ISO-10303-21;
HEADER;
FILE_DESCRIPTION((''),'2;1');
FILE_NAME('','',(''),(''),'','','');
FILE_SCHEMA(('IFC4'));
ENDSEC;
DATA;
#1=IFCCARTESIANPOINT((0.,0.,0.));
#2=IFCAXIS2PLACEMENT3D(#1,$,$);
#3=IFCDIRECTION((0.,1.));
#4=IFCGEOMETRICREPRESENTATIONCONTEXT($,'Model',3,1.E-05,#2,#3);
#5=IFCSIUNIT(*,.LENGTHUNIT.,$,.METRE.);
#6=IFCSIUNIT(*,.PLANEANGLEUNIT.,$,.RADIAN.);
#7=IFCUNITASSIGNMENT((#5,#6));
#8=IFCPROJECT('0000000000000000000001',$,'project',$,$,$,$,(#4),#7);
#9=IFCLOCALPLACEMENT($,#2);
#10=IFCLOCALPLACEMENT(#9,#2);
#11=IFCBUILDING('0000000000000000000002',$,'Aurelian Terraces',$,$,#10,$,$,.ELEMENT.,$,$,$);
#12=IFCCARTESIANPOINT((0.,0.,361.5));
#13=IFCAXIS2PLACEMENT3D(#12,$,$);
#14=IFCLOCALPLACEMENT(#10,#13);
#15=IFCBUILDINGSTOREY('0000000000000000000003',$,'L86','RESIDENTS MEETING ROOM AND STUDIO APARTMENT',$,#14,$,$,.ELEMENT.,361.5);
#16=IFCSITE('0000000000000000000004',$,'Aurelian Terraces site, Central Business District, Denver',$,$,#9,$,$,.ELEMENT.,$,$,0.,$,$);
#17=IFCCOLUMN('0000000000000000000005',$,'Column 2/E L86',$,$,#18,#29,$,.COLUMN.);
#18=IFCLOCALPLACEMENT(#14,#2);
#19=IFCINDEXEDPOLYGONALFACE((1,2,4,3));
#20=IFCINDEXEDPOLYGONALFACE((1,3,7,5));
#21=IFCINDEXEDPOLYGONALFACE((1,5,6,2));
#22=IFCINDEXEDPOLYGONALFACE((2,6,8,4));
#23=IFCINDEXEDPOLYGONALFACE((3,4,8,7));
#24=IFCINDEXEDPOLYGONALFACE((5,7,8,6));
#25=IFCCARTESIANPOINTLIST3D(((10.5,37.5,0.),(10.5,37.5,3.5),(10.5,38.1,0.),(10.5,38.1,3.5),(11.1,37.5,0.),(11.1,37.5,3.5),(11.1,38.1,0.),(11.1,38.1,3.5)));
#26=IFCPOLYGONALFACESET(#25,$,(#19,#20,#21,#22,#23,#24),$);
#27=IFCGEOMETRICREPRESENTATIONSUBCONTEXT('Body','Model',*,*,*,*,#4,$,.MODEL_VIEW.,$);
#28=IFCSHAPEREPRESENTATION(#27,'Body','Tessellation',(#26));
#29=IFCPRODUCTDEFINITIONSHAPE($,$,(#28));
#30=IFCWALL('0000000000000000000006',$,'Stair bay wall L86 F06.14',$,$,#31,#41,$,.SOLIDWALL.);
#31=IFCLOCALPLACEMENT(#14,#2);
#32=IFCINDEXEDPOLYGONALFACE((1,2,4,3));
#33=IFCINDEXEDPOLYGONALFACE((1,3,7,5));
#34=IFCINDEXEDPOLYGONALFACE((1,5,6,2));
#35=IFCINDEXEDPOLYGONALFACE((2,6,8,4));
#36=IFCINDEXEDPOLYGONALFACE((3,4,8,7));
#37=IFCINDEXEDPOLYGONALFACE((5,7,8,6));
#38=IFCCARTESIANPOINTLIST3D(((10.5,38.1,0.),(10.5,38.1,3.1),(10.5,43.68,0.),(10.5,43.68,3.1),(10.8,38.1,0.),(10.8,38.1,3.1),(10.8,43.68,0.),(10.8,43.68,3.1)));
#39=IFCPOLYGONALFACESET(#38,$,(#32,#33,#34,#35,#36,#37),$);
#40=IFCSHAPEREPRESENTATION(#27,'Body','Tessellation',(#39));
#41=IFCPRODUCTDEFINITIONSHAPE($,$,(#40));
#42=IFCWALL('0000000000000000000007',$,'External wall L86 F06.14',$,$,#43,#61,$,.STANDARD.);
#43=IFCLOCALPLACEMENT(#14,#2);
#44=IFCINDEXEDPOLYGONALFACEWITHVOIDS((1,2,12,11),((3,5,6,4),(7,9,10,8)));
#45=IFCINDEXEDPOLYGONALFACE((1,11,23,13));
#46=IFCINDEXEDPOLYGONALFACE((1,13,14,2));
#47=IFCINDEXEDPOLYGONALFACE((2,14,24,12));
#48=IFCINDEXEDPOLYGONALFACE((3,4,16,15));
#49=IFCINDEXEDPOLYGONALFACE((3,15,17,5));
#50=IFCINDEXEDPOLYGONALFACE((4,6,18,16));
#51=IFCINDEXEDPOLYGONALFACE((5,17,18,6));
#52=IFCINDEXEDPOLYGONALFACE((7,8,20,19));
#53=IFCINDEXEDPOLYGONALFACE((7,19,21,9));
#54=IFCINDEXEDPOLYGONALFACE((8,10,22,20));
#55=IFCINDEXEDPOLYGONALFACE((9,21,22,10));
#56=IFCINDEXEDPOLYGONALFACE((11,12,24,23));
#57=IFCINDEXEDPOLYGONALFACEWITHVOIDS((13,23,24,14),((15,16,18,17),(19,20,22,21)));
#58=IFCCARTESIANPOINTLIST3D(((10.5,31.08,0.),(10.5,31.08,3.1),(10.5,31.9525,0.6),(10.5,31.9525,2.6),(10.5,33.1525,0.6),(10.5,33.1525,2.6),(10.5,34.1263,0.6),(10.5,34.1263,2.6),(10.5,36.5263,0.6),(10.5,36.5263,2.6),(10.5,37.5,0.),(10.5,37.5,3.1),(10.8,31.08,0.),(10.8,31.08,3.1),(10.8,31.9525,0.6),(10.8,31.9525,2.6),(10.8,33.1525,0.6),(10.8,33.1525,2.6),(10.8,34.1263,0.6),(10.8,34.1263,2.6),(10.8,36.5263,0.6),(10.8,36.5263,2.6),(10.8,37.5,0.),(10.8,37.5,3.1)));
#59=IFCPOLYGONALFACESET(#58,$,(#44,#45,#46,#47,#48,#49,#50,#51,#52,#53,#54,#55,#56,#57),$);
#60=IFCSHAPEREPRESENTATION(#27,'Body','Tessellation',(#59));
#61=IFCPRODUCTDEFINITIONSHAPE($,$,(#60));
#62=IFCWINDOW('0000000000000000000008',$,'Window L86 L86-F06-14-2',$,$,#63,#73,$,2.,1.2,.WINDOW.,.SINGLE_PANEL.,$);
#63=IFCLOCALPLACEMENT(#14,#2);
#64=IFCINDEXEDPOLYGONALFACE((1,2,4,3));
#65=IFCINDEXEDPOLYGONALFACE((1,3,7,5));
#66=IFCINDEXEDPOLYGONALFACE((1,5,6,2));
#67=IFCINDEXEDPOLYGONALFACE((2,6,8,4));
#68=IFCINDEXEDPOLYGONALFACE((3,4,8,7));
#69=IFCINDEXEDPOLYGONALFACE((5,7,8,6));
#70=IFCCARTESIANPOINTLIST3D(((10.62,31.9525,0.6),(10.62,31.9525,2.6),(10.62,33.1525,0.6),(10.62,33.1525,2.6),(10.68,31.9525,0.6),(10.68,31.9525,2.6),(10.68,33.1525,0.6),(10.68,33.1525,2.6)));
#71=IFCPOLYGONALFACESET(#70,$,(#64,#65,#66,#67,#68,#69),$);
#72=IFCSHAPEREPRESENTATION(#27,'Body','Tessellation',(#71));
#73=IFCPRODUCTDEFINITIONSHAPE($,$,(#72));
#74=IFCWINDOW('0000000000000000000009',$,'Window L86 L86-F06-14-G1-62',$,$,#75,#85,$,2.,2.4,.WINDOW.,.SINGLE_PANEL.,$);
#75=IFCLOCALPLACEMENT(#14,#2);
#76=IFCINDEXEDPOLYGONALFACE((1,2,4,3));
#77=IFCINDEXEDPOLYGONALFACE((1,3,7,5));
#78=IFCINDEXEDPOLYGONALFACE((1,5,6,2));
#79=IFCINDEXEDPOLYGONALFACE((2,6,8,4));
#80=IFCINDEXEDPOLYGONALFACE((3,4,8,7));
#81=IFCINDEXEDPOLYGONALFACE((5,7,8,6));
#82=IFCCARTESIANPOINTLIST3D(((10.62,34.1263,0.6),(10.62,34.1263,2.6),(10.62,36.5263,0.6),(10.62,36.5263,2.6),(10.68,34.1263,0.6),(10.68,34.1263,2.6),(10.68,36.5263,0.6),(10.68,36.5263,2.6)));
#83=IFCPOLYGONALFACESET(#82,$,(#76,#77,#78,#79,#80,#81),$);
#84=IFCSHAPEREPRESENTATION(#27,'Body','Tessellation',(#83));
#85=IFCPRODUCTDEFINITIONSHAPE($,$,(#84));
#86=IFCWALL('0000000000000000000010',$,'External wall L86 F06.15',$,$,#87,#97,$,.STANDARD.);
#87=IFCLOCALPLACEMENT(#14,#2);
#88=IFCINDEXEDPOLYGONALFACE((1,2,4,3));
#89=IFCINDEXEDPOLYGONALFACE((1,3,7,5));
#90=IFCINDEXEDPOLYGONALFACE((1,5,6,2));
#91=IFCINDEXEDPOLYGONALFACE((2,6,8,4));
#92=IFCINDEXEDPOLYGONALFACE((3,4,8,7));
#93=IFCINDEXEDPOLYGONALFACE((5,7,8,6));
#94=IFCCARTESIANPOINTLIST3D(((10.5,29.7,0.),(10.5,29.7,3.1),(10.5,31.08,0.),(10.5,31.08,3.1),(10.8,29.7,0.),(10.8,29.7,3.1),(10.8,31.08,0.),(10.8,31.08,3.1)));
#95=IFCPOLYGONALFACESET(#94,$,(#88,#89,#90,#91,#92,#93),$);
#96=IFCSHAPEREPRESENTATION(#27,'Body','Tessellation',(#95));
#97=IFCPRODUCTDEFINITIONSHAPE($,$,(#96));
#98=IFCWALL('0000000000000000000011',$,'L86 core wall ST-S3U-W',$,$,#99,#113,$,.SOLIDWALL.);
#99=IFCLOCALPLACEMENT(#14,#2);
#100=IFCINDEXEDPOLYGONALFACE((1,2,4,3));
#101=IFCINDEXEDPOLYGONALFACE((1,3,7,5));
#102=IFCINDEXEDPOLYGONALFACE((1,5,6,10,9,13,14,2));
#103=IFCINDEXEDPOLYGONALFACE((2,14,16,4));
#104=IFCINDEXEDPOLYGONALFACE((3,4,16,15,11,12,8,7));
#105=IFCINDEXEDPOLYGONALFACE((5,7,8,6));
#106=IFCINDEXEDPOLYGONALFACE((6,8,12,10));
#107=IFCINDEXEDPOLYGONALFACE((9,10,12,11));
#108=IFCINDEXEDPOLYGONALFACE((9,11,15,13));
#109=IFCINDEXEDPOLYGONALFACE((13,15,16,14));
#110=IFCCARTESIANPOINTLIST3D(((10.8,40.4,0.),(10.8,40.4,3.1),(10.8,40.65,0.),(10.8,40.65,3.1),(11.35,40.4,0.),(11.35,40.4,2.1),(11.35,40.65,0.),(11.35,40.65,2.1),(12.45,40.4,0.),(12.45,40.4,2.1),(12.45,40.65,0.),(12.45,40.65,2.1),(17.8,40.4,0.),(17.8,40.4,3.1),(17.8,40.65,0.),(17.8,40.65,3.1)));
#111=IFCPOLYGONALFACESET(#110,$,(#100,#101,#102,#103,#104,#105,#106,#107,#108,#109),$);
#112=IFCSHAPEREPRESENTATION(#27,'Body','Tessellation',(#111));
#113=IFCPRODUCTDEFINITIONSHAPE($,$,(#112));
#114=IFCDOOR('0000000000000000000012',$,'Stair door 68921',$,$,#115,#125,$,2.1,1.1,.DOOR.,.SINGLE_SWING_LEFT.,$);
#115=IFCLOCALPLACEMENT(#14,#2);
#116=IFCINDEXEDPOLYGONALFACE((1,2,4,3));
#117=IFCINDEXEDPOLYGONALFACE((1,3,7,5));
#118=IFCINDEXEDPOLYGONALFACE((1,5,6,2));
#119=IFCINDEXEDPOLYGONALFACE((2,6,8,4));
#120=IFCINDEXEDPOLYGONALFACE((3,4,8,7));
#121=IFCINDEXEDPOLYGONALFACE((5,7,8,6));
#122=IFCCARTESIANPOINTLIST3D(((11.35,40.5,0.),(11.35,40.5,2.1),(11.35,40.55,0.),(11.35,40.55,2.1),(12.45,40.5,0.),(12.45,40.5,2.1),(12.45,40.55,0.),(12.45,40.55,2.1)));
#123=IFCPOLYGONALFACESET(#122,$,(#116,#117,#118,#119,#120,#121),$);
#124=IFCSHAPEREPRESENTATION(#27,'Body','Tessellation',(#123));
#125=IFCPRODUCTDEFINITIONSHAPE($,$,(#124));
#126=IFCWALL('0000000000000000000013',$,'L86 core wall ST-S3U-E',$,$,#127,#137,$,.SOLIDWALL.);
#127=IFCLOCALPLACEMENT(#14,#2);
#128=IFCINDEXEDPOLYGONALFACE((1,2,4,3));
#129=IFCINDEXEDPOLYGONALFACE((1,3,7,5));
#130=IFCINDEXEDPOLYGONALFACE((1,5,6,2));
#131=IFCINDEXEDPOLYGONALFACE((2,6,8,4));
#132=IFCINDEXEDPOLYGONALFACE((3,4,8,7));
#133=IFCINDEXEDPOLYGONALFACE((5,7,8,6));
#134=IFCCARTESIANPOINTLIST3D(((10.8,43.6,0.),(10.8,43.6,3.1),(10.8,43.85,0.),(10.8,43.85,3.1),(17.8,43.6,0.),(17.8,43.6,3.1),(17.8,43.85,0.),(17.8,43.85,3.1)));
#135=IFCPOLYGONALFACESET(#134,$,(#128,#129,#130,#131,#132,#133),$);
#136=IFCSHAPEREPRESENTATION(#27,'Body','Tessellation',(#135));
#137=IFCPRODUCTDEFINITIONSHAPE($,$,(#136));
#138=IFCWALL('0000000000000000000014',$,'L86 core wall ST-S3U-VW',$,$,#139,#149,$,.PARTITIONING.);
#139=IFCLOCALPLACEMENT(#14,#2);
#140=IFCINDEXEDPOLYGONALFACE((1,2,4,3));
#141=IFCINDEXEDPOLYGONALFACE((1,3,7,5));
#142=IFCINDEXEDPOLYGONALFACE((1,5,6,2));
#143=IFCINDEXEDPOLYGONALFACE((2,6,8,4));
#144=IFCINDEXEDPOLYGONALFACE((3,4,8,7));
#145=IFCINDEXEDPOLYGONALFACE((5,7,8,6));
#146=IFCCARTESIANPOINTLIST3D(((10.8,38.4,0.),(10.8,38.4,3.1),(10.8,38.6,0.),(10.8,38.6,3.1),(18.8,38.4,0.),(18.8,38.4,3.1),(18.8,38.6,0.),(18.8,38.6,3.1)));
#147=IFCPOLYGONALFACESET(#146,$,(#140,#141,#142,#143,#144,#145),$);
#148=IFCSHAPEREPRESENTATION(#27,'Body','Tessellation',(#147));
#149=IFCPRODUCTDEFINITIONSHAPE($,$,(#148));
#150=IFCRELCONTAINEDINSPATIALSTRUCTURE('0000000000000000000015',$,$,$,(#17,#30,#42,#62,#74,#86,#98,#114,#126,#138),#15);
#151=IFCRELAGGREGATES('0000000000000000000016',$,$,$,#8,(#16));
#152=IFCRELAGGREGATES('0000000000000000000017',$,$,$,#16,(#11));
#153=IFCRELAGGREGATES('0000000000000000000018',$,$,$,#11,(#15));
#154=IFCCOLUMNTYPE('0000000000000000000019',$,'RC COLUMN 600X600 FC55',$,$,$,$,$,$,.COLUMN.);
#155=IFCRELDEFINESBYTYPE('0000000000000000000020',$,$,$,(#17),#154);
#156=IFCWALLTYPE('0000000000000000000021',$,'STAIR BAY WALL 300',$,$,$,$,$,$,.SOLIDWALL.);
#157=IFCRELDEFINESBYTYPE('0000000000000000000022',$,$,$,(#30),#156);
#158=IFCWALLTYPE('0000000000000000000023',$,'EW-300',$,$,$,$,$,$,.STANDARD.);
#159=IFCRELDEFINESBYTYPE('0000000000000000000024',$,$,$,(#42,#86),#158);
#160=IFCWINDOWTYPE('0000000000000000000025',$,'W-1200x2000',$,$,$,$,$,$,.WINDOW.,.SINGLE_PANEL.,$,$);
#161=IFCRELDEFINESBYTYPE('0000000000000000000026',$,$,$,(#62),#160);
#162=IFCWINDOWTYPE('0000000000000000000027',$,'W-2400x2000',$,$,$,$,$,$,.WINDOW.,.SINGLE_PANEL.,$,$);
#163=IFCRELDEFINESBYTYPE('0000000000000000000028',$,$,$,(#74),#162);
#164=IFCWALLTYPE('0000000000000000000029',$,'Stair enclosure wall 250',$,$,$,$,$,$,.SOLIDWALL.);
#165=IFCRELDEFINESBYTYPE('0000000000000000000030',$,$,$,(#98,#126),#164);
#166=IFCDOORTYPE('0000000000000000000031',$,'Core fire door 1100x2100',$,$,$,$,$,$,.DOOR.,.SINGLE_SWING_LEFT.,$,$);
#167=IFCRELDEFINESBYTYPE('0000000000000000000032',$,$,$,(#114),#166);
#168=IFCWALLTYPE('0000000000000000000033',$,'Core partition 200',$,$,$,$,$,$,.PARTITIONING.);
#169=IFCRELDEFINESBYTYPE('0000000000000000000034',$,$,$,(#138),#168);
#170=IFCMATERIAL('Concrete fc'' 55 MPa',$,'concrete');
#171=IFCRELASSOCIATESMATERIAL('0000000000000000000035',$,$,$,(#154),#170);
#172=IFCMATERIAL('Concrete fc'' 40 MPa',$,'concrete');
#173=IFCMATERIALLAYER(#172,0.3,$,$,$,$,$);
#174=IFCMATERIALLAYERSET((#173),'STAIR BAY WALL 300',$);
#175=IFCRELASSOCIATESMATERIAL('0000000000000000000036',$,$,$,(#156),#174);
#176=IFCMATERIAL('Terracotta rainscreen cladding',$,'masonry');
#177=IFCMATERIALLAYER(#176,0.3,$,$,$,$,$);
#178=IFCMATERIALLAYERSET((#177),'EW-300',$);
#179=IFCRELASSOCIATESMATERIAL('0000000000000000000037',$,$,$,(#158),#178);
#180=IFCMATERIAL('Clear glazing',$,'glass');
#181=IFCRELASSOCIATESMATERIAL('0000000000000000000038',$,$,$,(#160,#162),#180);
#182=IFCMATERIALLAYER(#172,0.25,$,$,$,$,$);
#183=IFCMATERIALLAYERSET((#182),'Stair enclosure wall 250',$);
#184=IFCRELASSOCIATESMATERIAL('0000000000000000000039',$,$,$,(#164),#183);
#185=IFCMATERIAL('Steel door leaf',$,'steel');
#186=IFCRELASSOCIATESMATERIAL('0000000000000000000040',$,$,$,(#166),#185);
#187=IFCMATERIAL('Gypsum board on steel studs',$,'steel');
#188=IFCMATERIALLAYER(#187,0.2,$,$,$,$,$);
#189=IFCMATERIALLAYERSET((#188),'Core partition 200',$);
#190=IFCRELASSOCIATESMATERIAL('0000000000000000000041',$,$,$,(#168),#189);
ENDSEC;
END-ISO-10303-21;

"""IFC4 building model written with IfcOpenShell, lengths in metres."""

from ifc_helpers import new_model, si_unit, direction, frame, frame_2d, origin, origin_2d, place, context, subcontext, project, spatial, rectangle, extrude, source, transform, mapped, material, layer, layer_set, material_profile, profile_set, type_object, element, fill, save


model = new_model("IFC4")

# Units and contexts
model_context = context("Model", 3, precision=1e-05, world=origin(), true_north=direction((0.0, 1.0)))
body_context = subcontext(model_context, "Body", "Model", "MODEL_VIEW")
ifc_project = project(units=[si_unit("LENGTHUNIT", "METRE"), si_unit("PLANEANGLEUNIT", "RADIAN")], contexts=[model_context])

# Site, building, storey
site_placement = place(None, origin())
site = spatial("IfcSite", under=ifc_project, at=site_placement, Name="Aurelian Terraces site, Central Business District, Denver", CompositionType="ELEMENT", RefElevation=0.0)
building_placement = place(site_placement, origin())
building = spatial("IfcBuilding", under=site, at=building_placement, Name="Aurelian Terraces", CompositionType="ELEMENT")
storey_placement = place(building_placement, frame((0.0, 0.0, 361.5)))
storey = spatial("IfcBuildingStorey", under=building, at=storey_placement, Name="L86", Description="RESIDENTS MEETING ROOM AND STUDIO APARTMENT", CompositionType="ELEMENT", Elevation=361.5)

# Column
ifc_material_1 = material(Name="Concrete fc' 55 MPa", Category="concrete")
ifc_material_profile = material_profile(ifc_material_1, rectangle(XDim=0.6, YDim=0.6, at=origin_2d()))
ifc_profile_set = profile_set([ifc_material_profile], Name="Concrete fc' 55 MPa")
column_type = type_object("IfcColumnType", Name="RC COLUMN 600X600 FC55", PredefinedType="COLUMN", material=ifc_profile_set)
shared_shape_1 = source(origin(), body_context, "Body", "SweptSolid", [
    extrude(rectangle(XDim=0.6, YDim=0.6, at=origin_2d()), origin(), (0.0, 0.0, 1.0), 3.5),
])
column_placement = place(storey_placement, frame((10.8, 37.8, 0.0), z_axis=(0.0, 0.0, 1.0), x_axis=(1.0, 0.0, 0.0)))
element("IfcColumn", 1, at=column_placement, inside=storey, type_object=column_type, Name="Column 2/E L86", PredefinedType="COLUMN", context=body_context, shape_type="MappedRepresentation", body=[
    mapped(shared_shape_1, transform((0.0, 0.0, 0.0), scale=1.0)),
])

# Wall
ifc_material_2 = material(Name="Concrete fc' 40 MPa", Category="concrete")
ifc_layer_1 = layer(ifc_material_2, 0.3)
ifc_layer_set_1 = layer_set([ifc_layer_1], Name="STAIR BAY WALL 300")
wall_type_1 = type_object("IfcWallType", Name="STAIR BAY WALL 300", PredefinedType="SOLIDWALL", material=ifc_layer_set_1)
shared_shape_2 = source(origin(), body_context, "Body", "SweptSolid", [
    extrude(rectangle(XDim=5.58, YDim=0.3, at=frame_2d((2.79, 0.0))), origin(), (0.0, 0.0, 1.0), 3.1),
])
wall_1_placement = place(storey_placement, frame((10.65, 43.68, 0.0), z_axis=(0.0, 0.0, 1.0), x_axis=(0.0, -1.0, 0.0)))
element("IfcWall", 2, at=wall_1_placement, inside=storey, type_object=wall_type_1, Name="Stair bay wall L86 F06.14", PredefinedType="SOLIDWALL", context=body_context, shape_type="MappedRepresentation", body=[
    mapped(shared_shape_2, transform((0.0, 0.0, 0.0), scale=1.0)),
])

# Wall, openings, windows
ifc_material_3 = material(Name="Terracotta rainscreen cladding", Category="masonry")
ifc_layer_2 = layer(ifc_material_3, 0.3)
ifc_layer_set_2 = layer_set([ifc_layer_2], Name="EW-300")
wall_type_2 = type_object("IfcWallType", Name="EW-300", PredefinedType="STANDARD", material=ifc_layer_set_2)
shared_shape_3 = source(origin(), body_context, "Body", "SweptSolid", [
    extrude(rectangle(XDim=6.42, YDim=0.3, at=frame_2d((3.21, 0.0))), origin(), (0.0, 0.0, 1.0), 3.1),
])
wall_2_placement = place(storey_placement, frame((10.65, 37.5, 0.0), z_axis=(0.0, 0.0, 1.0), x_axis=(0.0, -1.0, 0.0)))
wall_2 = element("IfcWall", 3, at=wall_2_placement, inside=storey, type_object=wall_type_2, Name="External wall L86 F06.14", PredefinedType="STANDARD", context=body_context, shape_type="MappedRepresentation", body=[
    mapped(shared_shape_3, transform((0.0, 0.0, 0.0), scale=1.0)),
])
shared_shape_4 = source(origin(), body_context, "Body", "SweptSolid", [
    extrude(rectangle(XDim=1.2, YDim=2.0, at=frame_2d((0.6, 1.0))), frame((0.0, 0.16, 0.0), z_axis=(0.0, -1.0, 0.0), x_axis=(1.0, 0.0, 0.0)), (0.0, 0.0, 1.0), 0.32),
])
opening_1_placement = place(wall_2_placement, frame((4.3475, 0.0, 0.6)))
opening_1 = element("IfcOpeningElement", 4, at=opening_1_placement, cuts=wall_2, PredefinedType="OPENING", context=body_context, shape_type="MappedRepresentation", body=[
    mapped(shared_shape_4, transform((0.0, 0.0, 0.0), scale=1.0)),
])
shared_shape_5 = source(origin(), body_context, "Body", "SweptSolid", [
    extrude(rectangle(XDim=2.4, YDim=2.0, at=frame_2d((1.2, 1.0))), frame((0.0, 0.16, 0.0), z_axis=(0.0, -1.0, 0.0), x_axis=(1.0, 0.0, 0.0)), (0.0, 0.0, 1.0), 0.32),
])
opening_2_placement = place(wall_2_placement, frame((0.9737, 0.0, 0.6)))
opening_2 = element("IfcOpeningElement", 5, at=opening_2_placement, cuts=wall_2, PredefinedType="OPENING", context=body_context, shape_type="MappedRepresentation", body=[
    mapped(shared_shape_5, transform((0.0, 0.0, 0.0), scale=1.0)),
])
ifc_material_4 = material(Name="Clear glazing", Category="glass")
window_type_1 = type_object("IfcWindowType", Name="W-1200x2000", PartitioningType="SINGLE_PANEL", PredefinedType="WINDOW", material=ifc_material_4)
shared_shape_6 = source(origin(), body_context, "Body", "SweptSolid", [
    extrude(rectangle(XDim=1.2, YDim=2.0, at=frame_2d((0.6, 1.0))), frame((0.0, 0.03, 0.0), z_axis=(0.0, -1.0, 0.0), x_axis=(1.0, 0.0, 0.0)), (0.0, 0.0, 1.0), 0.06),
])
window_1_placement = place(opening_1_placement, origin())
window_1 = element("IfcWindow", 6, at=window_1_placement, inside=storey, type_object=window_type_1, Name="Window L86 L86-F06-14-2", OverallHeight=2.0, OverallWidth=1.2, PartitioningType="SINGLE_PANEL", PredefinedType="WINDOW", context=body_context, shape_type="MappedRepresentation", body=[
    mapped(shared_shape_6, transform((0.0, 0.0, 0.0), scale=1.0)),
])
fill(opening_1, window_1)
window_type_2 = type_object("IfcWindowType", Name="W-2400x2000", PartitioningType="SINGLE_PANEL", PredefinedType="WINDOW", material=ifc_material_4)
shared_shape_7 = source(origin(), body_context, "Body", "SweptSolid", [
    extrude(rectangle(XDim=2.4, YDim=2.0, at=frame_2d((1.2, 1.0))), frame((0.0, 0.03, 0.0), z_axis=(0.0, -1.0, 0.0), x_axis=(1.0, 0.0, 0.0)), (0.0, 0.0, 1.0), 0.06),
])
window_2_placement = place(opening_2_placement, origin())
window_2 = element("IfcWindow", 7, at=window_2_placement, inside=storey, type_object=window_type_2, Name="Window L86 L86-F06-14-G1-62", OverallHeight=2.0, OverallWidth=2.4, PartitioningType="SINGLE_PANEL", PredefinedType="WINDOW", context=body_context, shape_type="MappedRepresentation", body=[
    mapped(shared_shape_7, transform((0.0, 0.0, 0.0), scale=1.0)),
])
fill(opening_2, window_2)

# Wall
shared_shape_8 = source(origin(), body_context, "Body", "SweptSolid", [
    extrude(rectangle(XDim=1.38, YDim=0.3, at=frame_2d((0.69, 0.0))), origin(), (0.0, 0.0, 1.0), 3.1),
])
wall_3_placement = place(storey_placement, frame((10.65, 31.08, 0.0), z_axis=(0.0, 0.0, 1.0), x_axis=(0.0, -1.0, 0.0)))
element("IfcWall", 8, at=wall_3_placement, inside=storey, type_object=wall_type_2, Name="External wall L86 F06.15", PredefinedType="STANDARD", context=body_context, shape_type="MappedRepresentation", body=[
    mapped(shared_shape_8, transform((0.0, 0.0, 0.0), scale=1.0)),
])

# Wall, opening, door
ifc_layer_3 = layer(ifc_material_2, 0.25)
ifc_layer_set_3 = layer_set([ifc_layer_3], Name="Stair enclosure wall 250")
wall_type_3 = type_object("IfcWallType", Name="Stair enclosure wall 250", PredefinedType="SOLIDWALL", material=ifc_layer_set_3)
shared_shape_9 = source(origin(), body_context, "Body", "SweptSolid", [
    extrude(rectangle(XDim=7.0, YDim=0.25, at=frame_2d((3.5, 0.0))), origin(), (0.0, 0.0, 1.0), 3.1),
])
wall_4_placement = place(storey_placement, frame((10.8, 40.525, 0.0), z_axis=(0.0, 0.0, 1.0), x_axis=(1.0, 0.0, 0.0)))
wall_4 = element("IfcWall", 9, at=wall_4_placement, inside=storey, type_object=wall_type_3, Name="L86 core wall ST-S3U-W", PredefinedType="SOLIDWALL", context=body_context, shape_type="MappedRepresentation", body=[
    mapped(shared_shape_9, transform((0.0, 0.0, 0.0), scale=1.0)),
])
shared_shape_10 = source(origin(), body_context, "Body", "SweptSolid", [
    extrude(rectangle(XDim=1.1, YDim=2.1, at=frame_2d((0.55, 1.05))), frame((0.0, 0.135, 0.0), z_axis=(0.0, -1.0, 0.0), x_axis=(1.0, 0.0, 0.0)), (0.0, 0.0, 1.0), 0.27),
])
opening_3_placement = place(wall_4_placement, frame((0.55, 0.0, 0.0)))
opening_3 = element("IfcOpeningElement", 10, at=opening_3_placement, cuts=wall_4, PredefinedType="OPENING", context=body_context, shape_type="MappedRepresentation", body=[
    mapped(shared_shape_10, transform((0.0, 0.0, 0.0), scale=1.0)),
])
ifc_material_5 = material(Name="Steel door leaf", Category="steel")
door_type = type_object("IfcDoorType", Name="Core fire door 1100x2100", OperationType="SINGLE_SWING_LEFT", PredefinedType="DOOR", material=ifc_material_5)
shared_shape_11 = source(origin(), body_context, "Body", "SweptSolid", [
    extrude(rectangle(XDim=1.1, YDim=2.1, at=frame_2d((0.55, 1.05))), frame((0.0, 0.025, 0.0), z_axis=(0.0, -1.0, 0.0), x_axis=(1.0, 0.0, 0.0)), (0.0, 0.0, 1.0), 0.05),
])
door_placement = place(opening_3_placement, origin())
door = element("IfcDoor", 11, at=door_placement, inside=storey, type_object=door_type, Name="Stair door 68921", OperationType="SINGLE_SWING_LEFT", OverallHeight=2.1, OverallWidth=1.1, PredefinedType="DOOR", context=body_context, shape_type="MappedRepresentation", body=[
    mapped(shared_shape_11, transform((0.0, 0.0, 0.0), scale=1.0)),
])
fill(opening_3, door)

# Walls
wall_5_placement = place(storey_placement, frame((10.8, 43.725, 0.0), z_axis=(0.0, 0.0, 1.0), x_axis=(1.0, 0.0, 0.0)))
element("IfcWall", 12, at=wall_5_placement, inside=storey, type_object=wall_type_3, Name="L86 core wall ST-S3U-E", PredefinedType="SOLIDWALL", context=body_context, shape_type="MappedRepresentation", body=[
    mapped(shared_shape_9, transform((0.0, 0.0, 0.0), scale=1.0)),
])
ifc_material_6 = material(Name="Gypsum board on steel studs", Category="steel")
ifc_layer_4 = layer(ifc_material_6, 0.2)
ifc_layer_set_4 = layer_set([ifc_layer_4], Name="Core partition 200")
wall_type_4 = type_object("IfcWallType", Name="Core partition 200", PredefinedType="PARTITIONING", material=ifc_layer_set_4)
shared_shape_12 = source(origin(), body_context, "Body", "SweptSolid", [
    extrude(rectangle(XDim=8.0, YDim=0.2, at=frame_2d((4.0, 0.0))), origin(), (0.0, 0.0, 1.0), 3.1),
])
wall_6_placement = place(storey_placement, frame((10.8, 38.5, 0.0), z_axis=(0.0, 0.0, 1.0), x_axis=(1.0, 0.0, 0.0)))
element("IfcWall", 13, at=wall_6_placement, inside=storey, type_object=wall_type_4, Name="L86 core wall ST-S3U-VW", PredefinedType="PARTITIONING", context=body_context, shape_type="MappedRepresentation", body=[
    mapped(shared_shape_12, transform((0.0, 0.0, 0.0), scale=1.0)),
])

save(model, "model.ifc")
